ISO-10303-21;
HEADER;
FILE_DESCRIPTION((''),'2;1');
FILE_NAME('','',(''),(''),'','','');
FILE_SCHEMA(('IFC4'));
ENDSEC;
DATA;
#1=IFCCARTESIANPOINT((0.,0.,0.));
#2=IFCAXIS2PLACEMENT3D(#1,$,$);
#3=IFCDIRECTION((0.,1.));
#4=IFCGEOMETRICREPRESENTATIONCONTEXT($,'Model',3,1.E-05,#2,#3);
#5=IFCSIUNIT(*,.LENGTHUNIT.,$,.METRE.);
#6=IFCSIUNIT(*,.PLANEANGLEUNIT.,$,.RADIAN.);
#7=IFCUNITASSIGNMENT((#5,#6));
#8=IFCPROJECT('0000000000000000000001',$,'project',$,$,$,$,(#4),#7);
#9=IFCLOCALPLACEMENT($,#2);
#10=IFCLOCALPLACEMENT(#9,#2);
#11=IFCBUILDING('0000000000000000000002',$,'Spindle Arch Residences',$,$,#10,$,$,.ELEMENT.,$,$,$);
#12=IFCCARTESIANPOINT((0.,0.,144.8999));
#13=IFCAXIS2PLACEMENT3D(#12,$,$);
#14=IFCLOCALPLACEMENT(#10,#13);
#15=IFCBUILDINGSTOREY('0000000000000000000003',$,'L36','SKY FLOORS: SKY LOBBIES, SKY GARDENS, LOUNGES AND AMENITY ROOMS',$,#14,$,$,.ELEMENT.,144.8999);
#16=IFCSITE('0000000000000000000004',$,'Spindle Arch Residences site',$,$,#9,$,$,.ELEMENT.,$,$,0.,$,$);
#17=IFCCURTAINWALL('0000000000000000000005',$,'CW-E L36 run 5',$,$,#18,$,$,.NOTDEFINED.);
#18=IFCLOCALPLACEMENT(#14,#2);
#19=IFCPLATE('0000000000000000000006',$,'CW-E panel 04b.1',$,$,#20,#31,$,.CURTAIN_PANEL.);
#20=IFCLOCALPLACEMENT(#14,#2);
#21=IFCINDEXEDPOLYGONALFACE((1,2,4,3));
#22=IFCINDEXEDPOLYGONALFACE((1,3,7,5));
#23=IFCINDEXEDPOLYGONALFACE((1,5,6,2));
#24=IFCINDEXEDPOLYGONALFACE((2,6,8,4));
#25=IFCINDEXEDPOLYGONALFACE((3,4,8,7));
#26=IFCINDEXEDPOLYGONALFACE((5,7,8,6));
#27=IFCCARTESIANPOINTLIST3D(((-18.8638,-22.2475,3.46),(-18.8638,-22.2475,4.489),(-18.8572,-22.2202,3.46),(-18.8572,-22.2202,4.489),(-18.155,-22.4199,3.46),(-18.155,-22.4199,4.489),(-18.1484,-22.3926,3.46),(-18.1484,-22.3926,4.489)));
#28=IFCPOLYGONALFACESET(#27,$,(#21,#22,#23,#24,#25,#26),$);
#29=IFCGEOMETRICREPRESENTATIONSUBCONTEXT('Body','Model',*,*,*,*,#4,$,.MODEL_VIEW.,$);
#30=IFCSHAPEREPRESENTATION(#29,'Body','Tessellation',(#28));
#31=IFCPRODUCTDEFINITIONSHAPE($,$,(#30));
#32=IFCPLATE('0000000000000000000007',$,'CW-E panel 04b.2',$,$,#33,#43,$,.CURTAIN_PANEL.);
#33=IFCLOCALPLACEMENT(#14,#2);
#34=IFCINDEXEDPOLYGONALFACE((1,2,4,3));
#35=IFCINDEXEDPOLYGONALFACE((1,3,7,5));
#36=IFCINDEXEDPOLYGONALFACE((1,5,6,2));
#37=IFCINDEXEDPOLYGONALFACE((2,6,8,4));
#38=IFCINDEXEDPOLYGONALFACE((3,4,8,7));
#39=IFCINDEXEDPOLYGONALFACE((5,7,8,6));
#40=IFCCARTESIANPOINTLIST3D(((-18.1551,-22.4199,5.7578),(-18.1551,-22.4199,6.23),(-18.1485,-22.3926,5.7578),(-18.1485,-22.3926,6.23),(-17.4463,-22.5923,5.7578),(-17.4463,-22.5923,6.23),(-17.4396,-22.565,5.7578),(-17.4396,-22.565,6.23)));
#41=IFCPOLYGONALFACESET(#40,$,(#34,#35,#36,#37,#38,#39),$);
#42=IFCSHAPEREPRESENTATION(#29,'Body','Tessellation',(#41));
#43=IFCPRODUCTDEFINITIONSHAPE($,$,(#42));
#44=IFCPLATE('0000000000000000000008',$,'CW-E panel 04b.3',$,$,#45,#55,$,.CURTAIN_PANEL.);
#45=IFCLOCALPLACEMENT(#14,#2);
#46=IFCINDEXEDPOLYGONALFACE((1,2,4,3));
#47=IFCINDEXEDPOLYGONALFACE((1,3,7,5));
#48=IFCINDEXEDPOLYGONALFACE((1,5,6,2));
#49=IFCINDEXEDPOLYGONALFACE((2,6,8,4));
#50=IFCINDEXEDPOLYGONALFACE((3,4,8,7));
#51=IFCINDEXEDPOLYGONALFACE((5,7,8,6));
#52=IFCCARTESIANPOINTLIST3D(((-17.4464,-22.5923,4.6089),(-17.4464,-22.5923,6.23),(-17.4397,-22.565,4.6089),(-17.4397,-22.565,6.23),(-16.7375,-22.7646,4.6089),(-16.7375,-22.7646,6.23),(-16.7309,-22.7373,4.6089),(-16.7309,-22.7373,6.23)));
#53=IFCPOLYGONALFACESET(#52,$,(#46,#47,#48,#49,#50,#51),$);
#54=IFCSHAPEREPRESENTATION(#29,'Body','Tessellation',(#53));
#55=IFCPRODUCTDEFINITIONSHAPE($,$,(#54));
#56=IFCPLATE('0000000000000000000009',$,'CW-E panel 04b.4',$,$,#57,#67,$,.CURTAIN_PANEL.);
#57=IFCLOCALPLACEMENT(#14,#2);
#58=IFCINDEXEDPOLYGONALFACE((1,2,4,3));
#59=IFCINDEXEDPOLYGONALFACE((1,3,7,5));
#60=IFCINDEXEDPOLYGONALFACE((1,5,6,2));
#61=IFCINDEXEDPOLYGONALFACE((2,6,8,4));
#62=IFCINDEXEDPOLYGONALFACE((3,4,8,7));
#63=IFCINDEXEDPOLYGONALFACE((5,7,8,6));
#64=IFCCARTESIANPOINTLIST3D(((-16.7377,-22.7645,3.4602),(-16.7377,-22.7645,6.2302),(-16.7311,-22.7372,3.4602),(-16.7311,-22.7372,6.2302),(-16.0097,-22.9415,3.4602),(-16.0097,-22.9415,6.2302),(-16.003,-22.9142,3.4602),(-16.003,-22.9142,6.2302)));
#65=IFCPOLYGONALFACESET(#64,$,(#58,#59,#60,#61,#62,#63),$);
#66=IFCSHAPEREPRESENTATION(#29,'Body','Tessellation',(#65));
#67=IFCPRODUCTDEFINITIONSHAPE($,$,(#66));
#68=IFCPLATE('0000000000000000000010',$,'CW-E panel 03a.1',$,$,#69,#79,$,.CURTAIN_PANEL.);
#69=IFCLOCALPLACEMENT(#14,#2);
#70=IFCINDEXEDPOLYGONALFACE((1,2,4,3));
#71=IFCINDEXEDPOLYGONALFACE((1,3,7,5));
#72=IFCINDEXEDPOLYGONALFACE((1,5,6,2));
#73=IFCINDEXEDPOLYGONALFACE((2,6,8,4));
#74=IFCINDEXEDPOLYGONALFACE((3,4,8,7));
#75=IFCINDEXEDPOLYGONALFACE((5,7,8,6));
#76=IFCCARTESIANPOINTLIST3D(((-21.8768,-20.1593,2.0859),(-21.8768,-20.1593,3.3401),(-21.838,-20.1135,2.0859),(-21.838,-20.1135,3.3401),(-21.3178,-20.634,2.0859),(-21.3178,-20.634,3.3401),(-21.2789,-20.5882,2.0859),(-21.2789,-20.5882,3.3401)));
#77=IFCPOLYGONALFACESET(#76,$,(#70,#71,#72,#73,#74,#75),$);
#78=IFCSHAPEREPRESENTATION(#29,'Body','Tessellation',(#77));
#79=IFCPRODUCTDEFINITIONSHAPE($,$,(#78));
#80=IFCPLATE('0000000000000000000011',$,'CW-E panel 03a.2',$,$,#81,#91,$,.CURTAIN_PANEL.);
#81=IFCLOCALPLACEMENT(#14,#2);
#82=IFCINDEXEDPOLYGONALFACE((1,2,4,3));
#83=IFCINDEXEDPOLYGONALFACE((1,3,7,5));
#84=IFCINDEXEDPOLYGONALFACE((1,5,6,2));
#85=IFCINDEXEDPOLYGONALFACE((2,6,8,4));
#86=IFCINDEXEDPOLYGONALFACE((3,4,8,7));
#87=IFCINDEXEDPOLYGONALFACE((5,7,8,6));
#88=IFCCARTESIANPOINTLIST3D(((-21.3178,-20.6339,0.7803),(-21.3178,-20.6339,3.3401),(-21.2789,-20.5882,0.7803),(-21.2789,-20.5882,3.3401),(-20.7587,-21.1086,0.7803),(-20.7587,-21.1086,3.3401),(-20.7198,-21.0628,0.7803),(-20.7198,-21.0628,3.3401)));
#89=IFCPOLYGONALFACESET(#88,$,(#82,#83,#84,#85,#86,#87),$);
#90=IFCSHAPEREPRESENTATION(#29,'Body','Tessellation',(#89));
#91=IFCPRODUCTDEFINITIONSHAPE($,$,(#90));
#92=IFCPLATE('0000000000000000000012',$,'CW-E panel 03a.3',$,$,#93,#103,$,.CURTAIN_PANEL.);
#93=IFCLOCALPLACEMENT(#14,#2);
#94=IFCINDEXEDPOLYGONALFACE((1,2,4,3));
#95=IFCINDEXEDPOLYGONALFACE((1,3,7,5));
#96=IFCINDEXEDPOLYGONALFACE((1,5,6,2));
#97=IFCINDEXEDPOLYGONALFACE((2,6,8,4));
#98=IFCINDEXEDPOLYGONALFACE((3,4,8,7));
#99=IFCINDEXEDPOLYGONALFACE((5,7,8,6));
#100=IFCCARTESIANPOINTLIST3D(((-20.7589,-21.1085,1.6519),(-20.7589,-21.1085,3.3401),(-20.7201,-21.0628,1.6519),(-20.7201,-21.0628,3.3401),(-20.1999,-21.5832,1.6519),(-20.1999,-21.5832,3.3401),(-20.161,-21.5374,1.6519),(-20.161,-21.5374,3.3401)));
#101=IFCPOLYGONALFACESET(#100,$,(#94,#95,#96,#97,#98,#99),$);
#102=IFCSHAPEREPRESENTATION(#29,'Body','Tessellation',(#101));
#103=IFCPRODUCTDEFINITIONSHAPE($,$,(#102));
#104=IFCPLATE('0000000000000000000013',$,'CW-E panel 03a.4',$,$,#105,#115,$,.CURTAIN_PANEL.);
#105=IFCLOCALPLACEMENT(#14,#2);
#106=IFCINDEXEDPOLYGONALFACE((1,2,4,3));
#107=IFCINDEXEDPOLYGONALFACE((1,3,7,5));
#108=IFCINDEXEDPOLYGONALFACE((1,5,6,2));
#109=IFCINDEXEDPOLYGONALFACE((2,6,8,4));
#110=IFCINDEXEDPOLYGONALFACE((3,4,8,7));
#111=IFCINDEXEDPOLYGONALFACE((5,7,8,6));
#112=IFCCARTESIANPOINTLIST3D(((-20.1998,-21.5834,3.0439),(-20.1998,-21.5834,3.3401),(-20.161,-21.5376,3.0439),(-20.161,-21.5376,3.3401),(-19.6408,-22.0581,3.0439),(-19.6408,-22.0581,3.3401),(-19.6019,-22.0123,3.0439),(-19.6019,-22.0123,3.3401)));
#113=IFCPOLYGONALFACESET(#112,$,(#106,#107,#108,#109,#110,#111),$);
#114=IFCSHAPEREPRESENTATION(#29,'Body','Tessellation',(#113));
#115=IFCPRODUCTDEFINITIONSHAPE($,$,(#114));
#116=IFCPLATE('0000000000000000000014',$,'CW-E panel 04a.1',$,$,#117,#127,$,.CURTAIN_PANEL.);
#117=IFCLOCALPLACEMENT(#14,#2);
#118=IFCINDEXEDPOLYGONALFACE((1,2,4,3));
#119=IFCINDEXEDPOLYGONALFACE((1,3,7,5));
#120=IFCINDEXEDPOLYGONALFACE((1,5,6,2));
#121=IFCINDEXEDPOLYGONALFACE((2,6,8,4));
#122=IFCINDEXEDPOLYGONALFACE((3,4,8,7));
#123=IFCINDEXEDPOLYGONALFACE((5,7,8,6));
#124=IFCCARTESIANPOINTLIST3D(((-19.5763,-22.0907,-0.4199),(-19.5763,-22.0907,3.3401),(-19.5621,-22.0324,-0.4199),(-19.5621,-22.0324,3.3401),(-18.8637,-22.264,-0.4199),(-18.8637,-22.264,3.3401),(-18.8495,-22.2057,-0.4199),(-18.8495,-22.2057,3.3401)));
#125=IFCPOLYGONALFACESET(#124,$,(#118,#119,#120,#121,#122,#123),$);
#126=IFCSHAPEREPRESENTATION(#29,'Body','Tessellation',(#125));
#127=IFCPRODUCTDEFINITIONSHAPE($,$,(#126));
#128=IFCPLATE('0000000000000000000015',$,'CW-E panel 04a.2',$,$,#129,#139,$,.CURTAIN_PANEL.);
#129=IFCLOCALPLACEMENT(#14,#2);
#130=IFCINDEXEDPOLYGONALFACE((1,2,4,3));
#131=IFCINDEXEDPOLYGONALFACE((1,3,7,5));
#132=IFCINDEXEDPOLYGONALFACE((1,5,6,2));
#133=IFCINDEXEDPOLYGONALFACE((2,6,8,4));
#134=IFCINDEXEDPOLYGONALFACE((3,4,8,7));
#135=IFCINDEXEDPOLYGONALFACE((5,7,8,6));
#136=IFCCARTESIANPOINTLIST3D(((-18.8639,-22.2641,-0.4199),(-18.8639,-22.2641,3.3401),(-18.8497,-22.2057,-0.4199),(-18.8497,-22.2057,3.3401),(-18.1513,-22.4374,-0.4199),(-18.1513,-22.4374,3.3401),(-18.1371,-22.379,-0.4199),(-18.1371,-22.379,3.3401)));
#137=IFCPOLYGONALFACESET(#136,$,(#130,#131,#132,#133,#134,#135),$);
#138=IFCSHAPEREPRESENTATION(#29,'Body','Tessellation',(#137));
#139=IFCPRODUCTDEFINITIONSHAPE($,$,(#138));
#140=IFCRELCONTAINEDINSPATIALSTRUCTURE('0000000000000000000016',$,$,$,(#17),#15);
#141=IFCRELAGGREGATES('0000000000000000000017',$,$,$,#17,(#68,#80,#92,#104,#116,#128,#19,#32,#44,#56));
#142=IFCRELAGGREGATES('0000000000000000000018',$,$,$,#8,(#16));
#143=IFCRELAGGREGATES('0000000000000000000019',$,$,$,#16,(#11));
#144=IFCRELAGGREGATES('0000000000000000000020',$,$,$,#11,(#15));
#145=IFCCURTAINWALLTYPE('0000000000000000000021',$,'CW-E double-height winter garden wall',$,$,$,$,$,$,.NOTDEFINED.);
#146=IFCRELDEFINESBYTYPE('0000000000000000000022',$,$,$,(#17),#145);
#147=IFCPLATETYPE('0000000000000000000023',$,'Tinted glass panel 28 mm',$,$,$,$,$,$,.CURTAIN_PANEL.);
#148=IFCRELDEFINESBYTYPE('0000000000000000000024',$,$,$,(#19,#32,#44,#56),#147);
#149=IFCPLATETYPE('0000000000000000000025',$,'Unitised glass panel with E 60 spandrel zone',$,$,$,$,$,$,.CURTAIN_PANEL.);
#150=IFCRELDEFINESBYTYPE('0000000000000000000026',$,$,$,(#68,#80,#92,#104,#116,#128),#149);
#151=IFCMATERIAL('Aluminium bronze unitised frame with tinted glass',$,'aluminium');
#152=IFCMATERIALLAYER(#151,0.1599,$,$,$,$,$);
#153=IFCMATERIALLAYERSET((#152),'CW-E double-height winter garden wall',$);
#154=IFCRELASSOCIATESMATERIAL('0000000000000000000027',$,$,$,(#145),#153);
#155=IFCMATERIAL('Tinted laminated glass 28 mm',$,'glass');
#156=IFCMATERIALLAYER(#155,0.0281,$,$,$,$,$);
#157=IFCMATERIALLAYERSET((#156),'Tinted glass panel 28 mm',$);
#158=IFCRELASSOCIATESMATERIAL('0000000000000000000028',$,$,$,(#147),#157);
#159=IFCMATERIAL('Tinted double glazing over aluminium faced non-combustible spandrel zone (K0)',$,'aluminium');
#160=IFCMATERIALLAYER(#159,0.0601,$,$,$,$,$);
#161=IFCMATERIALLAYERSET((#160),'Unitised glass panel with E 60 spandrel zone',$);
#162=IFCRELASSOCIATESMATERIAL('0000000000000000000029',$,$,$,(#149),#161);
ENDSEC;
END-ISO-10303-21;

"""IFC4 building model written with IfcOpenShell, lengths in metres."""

from ifc_helpers import new_model, si_unit, direction, frame, origin, origin_2d, place, context, subcontext, project, spatial, rectangle, extrude, material, layer, layer_set, type_object, element, aggregate, save


model = new_model("IFC4")

# Units and contexts
model_context = context("Model", 3, precision=1e-05, world=origin(), true_north=direction((0.0, 1.0)))
body_context = subcontext(model_context, "Body", "Model", "MODEL_VIEW")
ifc_project = project(units=[si_unit("LENGTHUNIT", "METRE"), si_unit("PLANEANGLEUNIT", "RADIAN")], contexts=[model_context])

# Site, building, storey
site_placement = place(None, origin())
site = spatial("IfcSite", under=ifc_project, at=site_placement, Name="Spindle Arch Residences site", CompositionType="ELEMENT", RefElevation=0.0)
building_placement = place(site_placement, origin())
building = spatial("IfcBuilding", under=site, at=building_placement, Name="Spindle Arch Residences", CompositionType="ELEMENT")
storey_placement = place(building_placement, frame((0.0, 0.0, 144.8999)))
storey = spatial("IfcBuildingStorey", under=building, at=storey_placement, Name="L36", Description="SKY FLOORS: SKY LOBBIES, SKY GARDENS, LOUNGES AND AMENITY ROOMS", CompositionType="ELEMENT", Elevation=144.8999)

# Curtain wall, plates
ifc_material_1 = material(Name="Aluminium bronze unitised frame with tinted glass", Category="aluminium")
ifc_layer_1 = layer(ifc_material_1, 0.1599)
ifc_layer_set_1 = layer_set([ifc_layer_1], Name="CW-E double-height winter garden wall")
curtain_wall_type = type_object("IfcCurtainWallType", Name="CW-E double-height winter garden wall", PredefinedType="NOTDEFINED", material=ifc_layer_set_1)
curtain_wall_placement = place(storey_placement, origin())
curtain_wall = element("IfcCurtainWall", 1, at=curtain_wall_placement, inside=storey, type_object=curtain_wall_type, Name="CW-E L36 run 5", PredefinedType="NOTDEFINED")
ifc_material_2 = material(Name="Tinted laminated glass 28 mm", Category="glass")
ifc_layer_2 = layer(ifc_material_2, 0.0281)
ifc_layer_set_2 = layer_set([ifc_layer_2], Name="Tinted glass panel 28 mm")
plate_type_1 = type_object("IfcPlateType", Name="Tinted glass panel 28 mm", PredefinedType="CURTAIN_PANEL", material=ifc_layer_set_2)
plate_1_placement = place(storey_placement, frame((-18.5061, -22.3201, 3.46), z_axis=(0.0, 0.0, 1.0), x_axis=(0.971687, -0.236273, 0.0)))
plate_1 = element("IfcPlate", 2, at=plate_1_placement, type_object=plate_type_1, Name="CW-E panel 04b.1", PredefinedType="CURTAIN_PANEL", context=body_context, shape_type="SweptSolid", body=[
    extrude(rectangle(XDim=0.7295, YDim=0.0281, at=origin_2d()), origin(), (0.0, 0.0, 1.0), 1.0291),
])
plate_2_placement = place(storey_placement, frame((-17.7974, -22.4924, 5.7578), z_axis=(0.0, 0.0, 1.0), x_axis=(0.971687, -0.236273, 0.0)))
plate_2 = element("IfcPlate", 3, at=plate_2_placement, type_object=plate_type_1, Name="CW-E panel 04b.2", PredefinedType="CURTAIN_PANEL", context=body_context, shape_type="SweptSolid", body=[
    extrude(rectangle(XDim=0.7295, YDim=0.0281, at=origin_2d()), origin(), (0.0, 0.0, 1.0), 0.4722),
])
plate_3_placement = place(storey_placement, frame((-17.0886, -22.6648, 4.6089), z_axis=(0.0, 0.0, 1.0), x_axis=(0.971687, -0.236273, 0.0)))
plate_3 = element("IfcPlate", 4, at=plate_3_placement, type_object=plate_type_1, Name="CW-E panel 04b.3", PredefinedType="CURTAIN_PANEL", context=body_context, shape_type="SweptSolid", body=[
    extrude(rectangle(XDim=0.7295, YDim=0.0281, at=origin_2d()), origin(), (0.0, 0.0, 1.0), 1.6211),
])
plate_4_placement = place(storey_placement, frame((-16.3704, -22.8394, 3.4602), z_axis=(0.0, 0.0, 1.0), x_axis=(0.971687, -0.236273, 0.0)))
plate_4 = element("IfcPlate", 5, at=plate_4_placement, type_object=plate_type_1, Name="CW-E panel 04b.4", PredefinedType="CURTAIN_PANEL", context=body_context, shape_type="SweptSolid", body=[
    extrude(rectangle(XDim=0.7493, YDim=0.0281, at=origin_2d()), origin(), (0.0, 0.0, 1.0), 2.77),
])
ifc_material_3 = material(Name="Tinted double glazing over aluminium faced non-combustible spandrel zone (K0)", Category="aluminium")
ifc_layer_3 = layer(ifc_material_3, 0.0601)
ifc_layer_set_3 = layer_set([ifc_layer_3], Name="Unitised glass panel with E 60 spandrel zone")
plate_type_2 = type_object("IfcPlateType", Name="Unitised glass panel with E 60 spandrel zone", PredefinedType="CURTAIN_PANEL", material=ifc_layer_set_3)
plate_5_placement = place(storey_placement, frame((-21.5779, -20.3738, 2.0859), z_axis=(0.0, 0.0, 1.0), x_axis=(0.762292, -0.647233, 0.0)))
plate_5 = element("IfcPlate", 6, at=plate_5_placement, type_object=plate_type_2, Name="CW-E panel 03a.1", PredefinedType="CURTAIN_PANEL", context=body_context, shape_type="SweptSolid", body=[
    extrude(rectangle(XDim=0.7334, YDim=0.0601, at=origin_2d()), origin(), (0.0, 0.0, 1.0), 1.2542),
])
plate_6_placement = place(storey_placement, frame((-21.0188, -20.8484, 0.7803), z_axis=(0.0, 0.0, 1.0), x_axis=(0.762292, -0.647233, 0.0)))
plate_6 = element("IfcPlate", 7, at=plate_6_placement, type_object=plate_type_2, Name="CW-E panel 03a.2", PredefinedType="CURTAIN_PANEL", context=body_context, shape_type="SweptSolid", body=[
    extrude(rectangle(XDim=0.7334, YDim=0.0601, at=origin_2d()), origin(), (0.0, 0.0, 1.0), 2.5598),
])
plate_7_placement = place(storey_placement, frame((-20.46, -21.323, 1.6519), z_axis=(0.0, 0.0, 1.0), x_axis=(0.762292, -0.647233, 0.0)))
plate_7 = element("IfcPlate", 8, at=plate_7_placement, type_object=plate_type_2, Name="CW-E panel 03a.3", PredefinedType="CURTAIN_PANEL", context=body_context, shape_type="SweptSolid", body=[
    extrude(rectangle(XDim=0.7334, YDim=0.0601, at=origin_2d()), origin(), (0.0, 0.0, 1.0), 1.6882),
])
plate_8_placement = place(storey_placement, frame((-19.9009, -21.7979, 3.0439), z_axis=(0.0, 0.0, 1.0), x_axis=(0.762292, -0.647233, 0.0)))
plate_8 = element("IfcPlate", 9, at=plate_8_placement, type_object=plate_type_2, Name="CW-E panel 03a.4", PredefinedType="CURTAIN_PANEL", context=body_context, shape_type="SweptSolid", body=[
    extrude(rectangle(XDim=0.7334, YDim=0.0601, at=origin_2d()), origin(), (0.0, 0.0, 1.0), 0.2961),
])
plate_9_placement = place(storey_placement, frame((-19.2129, -22.1482, -0.4199), z_axis=(0.0, 0.0, 1.0), x_axis=(0.971687, -0.236273, 0.0)))
plate_9 = element("IfcPlate", 10, at=plate_9_placement, type_object=plate_type_2, Name="CW-E panel 04a.1", PredefinedType="CURTAIN_PANEL", context=body_context, shape_type="SweptSolid", body=[
    extrude(rectangle(XDim=0.7334, YDim=0.0601, at=origin_2d()), origin(), (0.0, 0.0, 1.0), 3.76),
])
plate_10_placement = place(storey_placement, frame((-18.5005, -22.3215, -0.4199), z_axis=(0.0, 0.0, 1.0), x_axis=(0.971687, -0.236273, 0.0)))
plate_10 = element("IfcPlate", 11, at=plate_10_placement, type_object=plate_type_2, Name="CW-E panel 04a.2", PredefinedType="CURTAIN_PANEL", context=body_context, shape_type="SweptSolid", body=[
    extrude(rectangle(XDim=0.7334, YDim=0.0601, at=origin_2d()), origin(), (0.0, 0.0, 1.0), 3.76),
])
aggregate(curtain_wall, [plate_5, plate_6, plate_7, plate_8, plate_9, plate_10, plate_1, plate_2, plate_3, plate_4])

save(model, "model.ifc")
